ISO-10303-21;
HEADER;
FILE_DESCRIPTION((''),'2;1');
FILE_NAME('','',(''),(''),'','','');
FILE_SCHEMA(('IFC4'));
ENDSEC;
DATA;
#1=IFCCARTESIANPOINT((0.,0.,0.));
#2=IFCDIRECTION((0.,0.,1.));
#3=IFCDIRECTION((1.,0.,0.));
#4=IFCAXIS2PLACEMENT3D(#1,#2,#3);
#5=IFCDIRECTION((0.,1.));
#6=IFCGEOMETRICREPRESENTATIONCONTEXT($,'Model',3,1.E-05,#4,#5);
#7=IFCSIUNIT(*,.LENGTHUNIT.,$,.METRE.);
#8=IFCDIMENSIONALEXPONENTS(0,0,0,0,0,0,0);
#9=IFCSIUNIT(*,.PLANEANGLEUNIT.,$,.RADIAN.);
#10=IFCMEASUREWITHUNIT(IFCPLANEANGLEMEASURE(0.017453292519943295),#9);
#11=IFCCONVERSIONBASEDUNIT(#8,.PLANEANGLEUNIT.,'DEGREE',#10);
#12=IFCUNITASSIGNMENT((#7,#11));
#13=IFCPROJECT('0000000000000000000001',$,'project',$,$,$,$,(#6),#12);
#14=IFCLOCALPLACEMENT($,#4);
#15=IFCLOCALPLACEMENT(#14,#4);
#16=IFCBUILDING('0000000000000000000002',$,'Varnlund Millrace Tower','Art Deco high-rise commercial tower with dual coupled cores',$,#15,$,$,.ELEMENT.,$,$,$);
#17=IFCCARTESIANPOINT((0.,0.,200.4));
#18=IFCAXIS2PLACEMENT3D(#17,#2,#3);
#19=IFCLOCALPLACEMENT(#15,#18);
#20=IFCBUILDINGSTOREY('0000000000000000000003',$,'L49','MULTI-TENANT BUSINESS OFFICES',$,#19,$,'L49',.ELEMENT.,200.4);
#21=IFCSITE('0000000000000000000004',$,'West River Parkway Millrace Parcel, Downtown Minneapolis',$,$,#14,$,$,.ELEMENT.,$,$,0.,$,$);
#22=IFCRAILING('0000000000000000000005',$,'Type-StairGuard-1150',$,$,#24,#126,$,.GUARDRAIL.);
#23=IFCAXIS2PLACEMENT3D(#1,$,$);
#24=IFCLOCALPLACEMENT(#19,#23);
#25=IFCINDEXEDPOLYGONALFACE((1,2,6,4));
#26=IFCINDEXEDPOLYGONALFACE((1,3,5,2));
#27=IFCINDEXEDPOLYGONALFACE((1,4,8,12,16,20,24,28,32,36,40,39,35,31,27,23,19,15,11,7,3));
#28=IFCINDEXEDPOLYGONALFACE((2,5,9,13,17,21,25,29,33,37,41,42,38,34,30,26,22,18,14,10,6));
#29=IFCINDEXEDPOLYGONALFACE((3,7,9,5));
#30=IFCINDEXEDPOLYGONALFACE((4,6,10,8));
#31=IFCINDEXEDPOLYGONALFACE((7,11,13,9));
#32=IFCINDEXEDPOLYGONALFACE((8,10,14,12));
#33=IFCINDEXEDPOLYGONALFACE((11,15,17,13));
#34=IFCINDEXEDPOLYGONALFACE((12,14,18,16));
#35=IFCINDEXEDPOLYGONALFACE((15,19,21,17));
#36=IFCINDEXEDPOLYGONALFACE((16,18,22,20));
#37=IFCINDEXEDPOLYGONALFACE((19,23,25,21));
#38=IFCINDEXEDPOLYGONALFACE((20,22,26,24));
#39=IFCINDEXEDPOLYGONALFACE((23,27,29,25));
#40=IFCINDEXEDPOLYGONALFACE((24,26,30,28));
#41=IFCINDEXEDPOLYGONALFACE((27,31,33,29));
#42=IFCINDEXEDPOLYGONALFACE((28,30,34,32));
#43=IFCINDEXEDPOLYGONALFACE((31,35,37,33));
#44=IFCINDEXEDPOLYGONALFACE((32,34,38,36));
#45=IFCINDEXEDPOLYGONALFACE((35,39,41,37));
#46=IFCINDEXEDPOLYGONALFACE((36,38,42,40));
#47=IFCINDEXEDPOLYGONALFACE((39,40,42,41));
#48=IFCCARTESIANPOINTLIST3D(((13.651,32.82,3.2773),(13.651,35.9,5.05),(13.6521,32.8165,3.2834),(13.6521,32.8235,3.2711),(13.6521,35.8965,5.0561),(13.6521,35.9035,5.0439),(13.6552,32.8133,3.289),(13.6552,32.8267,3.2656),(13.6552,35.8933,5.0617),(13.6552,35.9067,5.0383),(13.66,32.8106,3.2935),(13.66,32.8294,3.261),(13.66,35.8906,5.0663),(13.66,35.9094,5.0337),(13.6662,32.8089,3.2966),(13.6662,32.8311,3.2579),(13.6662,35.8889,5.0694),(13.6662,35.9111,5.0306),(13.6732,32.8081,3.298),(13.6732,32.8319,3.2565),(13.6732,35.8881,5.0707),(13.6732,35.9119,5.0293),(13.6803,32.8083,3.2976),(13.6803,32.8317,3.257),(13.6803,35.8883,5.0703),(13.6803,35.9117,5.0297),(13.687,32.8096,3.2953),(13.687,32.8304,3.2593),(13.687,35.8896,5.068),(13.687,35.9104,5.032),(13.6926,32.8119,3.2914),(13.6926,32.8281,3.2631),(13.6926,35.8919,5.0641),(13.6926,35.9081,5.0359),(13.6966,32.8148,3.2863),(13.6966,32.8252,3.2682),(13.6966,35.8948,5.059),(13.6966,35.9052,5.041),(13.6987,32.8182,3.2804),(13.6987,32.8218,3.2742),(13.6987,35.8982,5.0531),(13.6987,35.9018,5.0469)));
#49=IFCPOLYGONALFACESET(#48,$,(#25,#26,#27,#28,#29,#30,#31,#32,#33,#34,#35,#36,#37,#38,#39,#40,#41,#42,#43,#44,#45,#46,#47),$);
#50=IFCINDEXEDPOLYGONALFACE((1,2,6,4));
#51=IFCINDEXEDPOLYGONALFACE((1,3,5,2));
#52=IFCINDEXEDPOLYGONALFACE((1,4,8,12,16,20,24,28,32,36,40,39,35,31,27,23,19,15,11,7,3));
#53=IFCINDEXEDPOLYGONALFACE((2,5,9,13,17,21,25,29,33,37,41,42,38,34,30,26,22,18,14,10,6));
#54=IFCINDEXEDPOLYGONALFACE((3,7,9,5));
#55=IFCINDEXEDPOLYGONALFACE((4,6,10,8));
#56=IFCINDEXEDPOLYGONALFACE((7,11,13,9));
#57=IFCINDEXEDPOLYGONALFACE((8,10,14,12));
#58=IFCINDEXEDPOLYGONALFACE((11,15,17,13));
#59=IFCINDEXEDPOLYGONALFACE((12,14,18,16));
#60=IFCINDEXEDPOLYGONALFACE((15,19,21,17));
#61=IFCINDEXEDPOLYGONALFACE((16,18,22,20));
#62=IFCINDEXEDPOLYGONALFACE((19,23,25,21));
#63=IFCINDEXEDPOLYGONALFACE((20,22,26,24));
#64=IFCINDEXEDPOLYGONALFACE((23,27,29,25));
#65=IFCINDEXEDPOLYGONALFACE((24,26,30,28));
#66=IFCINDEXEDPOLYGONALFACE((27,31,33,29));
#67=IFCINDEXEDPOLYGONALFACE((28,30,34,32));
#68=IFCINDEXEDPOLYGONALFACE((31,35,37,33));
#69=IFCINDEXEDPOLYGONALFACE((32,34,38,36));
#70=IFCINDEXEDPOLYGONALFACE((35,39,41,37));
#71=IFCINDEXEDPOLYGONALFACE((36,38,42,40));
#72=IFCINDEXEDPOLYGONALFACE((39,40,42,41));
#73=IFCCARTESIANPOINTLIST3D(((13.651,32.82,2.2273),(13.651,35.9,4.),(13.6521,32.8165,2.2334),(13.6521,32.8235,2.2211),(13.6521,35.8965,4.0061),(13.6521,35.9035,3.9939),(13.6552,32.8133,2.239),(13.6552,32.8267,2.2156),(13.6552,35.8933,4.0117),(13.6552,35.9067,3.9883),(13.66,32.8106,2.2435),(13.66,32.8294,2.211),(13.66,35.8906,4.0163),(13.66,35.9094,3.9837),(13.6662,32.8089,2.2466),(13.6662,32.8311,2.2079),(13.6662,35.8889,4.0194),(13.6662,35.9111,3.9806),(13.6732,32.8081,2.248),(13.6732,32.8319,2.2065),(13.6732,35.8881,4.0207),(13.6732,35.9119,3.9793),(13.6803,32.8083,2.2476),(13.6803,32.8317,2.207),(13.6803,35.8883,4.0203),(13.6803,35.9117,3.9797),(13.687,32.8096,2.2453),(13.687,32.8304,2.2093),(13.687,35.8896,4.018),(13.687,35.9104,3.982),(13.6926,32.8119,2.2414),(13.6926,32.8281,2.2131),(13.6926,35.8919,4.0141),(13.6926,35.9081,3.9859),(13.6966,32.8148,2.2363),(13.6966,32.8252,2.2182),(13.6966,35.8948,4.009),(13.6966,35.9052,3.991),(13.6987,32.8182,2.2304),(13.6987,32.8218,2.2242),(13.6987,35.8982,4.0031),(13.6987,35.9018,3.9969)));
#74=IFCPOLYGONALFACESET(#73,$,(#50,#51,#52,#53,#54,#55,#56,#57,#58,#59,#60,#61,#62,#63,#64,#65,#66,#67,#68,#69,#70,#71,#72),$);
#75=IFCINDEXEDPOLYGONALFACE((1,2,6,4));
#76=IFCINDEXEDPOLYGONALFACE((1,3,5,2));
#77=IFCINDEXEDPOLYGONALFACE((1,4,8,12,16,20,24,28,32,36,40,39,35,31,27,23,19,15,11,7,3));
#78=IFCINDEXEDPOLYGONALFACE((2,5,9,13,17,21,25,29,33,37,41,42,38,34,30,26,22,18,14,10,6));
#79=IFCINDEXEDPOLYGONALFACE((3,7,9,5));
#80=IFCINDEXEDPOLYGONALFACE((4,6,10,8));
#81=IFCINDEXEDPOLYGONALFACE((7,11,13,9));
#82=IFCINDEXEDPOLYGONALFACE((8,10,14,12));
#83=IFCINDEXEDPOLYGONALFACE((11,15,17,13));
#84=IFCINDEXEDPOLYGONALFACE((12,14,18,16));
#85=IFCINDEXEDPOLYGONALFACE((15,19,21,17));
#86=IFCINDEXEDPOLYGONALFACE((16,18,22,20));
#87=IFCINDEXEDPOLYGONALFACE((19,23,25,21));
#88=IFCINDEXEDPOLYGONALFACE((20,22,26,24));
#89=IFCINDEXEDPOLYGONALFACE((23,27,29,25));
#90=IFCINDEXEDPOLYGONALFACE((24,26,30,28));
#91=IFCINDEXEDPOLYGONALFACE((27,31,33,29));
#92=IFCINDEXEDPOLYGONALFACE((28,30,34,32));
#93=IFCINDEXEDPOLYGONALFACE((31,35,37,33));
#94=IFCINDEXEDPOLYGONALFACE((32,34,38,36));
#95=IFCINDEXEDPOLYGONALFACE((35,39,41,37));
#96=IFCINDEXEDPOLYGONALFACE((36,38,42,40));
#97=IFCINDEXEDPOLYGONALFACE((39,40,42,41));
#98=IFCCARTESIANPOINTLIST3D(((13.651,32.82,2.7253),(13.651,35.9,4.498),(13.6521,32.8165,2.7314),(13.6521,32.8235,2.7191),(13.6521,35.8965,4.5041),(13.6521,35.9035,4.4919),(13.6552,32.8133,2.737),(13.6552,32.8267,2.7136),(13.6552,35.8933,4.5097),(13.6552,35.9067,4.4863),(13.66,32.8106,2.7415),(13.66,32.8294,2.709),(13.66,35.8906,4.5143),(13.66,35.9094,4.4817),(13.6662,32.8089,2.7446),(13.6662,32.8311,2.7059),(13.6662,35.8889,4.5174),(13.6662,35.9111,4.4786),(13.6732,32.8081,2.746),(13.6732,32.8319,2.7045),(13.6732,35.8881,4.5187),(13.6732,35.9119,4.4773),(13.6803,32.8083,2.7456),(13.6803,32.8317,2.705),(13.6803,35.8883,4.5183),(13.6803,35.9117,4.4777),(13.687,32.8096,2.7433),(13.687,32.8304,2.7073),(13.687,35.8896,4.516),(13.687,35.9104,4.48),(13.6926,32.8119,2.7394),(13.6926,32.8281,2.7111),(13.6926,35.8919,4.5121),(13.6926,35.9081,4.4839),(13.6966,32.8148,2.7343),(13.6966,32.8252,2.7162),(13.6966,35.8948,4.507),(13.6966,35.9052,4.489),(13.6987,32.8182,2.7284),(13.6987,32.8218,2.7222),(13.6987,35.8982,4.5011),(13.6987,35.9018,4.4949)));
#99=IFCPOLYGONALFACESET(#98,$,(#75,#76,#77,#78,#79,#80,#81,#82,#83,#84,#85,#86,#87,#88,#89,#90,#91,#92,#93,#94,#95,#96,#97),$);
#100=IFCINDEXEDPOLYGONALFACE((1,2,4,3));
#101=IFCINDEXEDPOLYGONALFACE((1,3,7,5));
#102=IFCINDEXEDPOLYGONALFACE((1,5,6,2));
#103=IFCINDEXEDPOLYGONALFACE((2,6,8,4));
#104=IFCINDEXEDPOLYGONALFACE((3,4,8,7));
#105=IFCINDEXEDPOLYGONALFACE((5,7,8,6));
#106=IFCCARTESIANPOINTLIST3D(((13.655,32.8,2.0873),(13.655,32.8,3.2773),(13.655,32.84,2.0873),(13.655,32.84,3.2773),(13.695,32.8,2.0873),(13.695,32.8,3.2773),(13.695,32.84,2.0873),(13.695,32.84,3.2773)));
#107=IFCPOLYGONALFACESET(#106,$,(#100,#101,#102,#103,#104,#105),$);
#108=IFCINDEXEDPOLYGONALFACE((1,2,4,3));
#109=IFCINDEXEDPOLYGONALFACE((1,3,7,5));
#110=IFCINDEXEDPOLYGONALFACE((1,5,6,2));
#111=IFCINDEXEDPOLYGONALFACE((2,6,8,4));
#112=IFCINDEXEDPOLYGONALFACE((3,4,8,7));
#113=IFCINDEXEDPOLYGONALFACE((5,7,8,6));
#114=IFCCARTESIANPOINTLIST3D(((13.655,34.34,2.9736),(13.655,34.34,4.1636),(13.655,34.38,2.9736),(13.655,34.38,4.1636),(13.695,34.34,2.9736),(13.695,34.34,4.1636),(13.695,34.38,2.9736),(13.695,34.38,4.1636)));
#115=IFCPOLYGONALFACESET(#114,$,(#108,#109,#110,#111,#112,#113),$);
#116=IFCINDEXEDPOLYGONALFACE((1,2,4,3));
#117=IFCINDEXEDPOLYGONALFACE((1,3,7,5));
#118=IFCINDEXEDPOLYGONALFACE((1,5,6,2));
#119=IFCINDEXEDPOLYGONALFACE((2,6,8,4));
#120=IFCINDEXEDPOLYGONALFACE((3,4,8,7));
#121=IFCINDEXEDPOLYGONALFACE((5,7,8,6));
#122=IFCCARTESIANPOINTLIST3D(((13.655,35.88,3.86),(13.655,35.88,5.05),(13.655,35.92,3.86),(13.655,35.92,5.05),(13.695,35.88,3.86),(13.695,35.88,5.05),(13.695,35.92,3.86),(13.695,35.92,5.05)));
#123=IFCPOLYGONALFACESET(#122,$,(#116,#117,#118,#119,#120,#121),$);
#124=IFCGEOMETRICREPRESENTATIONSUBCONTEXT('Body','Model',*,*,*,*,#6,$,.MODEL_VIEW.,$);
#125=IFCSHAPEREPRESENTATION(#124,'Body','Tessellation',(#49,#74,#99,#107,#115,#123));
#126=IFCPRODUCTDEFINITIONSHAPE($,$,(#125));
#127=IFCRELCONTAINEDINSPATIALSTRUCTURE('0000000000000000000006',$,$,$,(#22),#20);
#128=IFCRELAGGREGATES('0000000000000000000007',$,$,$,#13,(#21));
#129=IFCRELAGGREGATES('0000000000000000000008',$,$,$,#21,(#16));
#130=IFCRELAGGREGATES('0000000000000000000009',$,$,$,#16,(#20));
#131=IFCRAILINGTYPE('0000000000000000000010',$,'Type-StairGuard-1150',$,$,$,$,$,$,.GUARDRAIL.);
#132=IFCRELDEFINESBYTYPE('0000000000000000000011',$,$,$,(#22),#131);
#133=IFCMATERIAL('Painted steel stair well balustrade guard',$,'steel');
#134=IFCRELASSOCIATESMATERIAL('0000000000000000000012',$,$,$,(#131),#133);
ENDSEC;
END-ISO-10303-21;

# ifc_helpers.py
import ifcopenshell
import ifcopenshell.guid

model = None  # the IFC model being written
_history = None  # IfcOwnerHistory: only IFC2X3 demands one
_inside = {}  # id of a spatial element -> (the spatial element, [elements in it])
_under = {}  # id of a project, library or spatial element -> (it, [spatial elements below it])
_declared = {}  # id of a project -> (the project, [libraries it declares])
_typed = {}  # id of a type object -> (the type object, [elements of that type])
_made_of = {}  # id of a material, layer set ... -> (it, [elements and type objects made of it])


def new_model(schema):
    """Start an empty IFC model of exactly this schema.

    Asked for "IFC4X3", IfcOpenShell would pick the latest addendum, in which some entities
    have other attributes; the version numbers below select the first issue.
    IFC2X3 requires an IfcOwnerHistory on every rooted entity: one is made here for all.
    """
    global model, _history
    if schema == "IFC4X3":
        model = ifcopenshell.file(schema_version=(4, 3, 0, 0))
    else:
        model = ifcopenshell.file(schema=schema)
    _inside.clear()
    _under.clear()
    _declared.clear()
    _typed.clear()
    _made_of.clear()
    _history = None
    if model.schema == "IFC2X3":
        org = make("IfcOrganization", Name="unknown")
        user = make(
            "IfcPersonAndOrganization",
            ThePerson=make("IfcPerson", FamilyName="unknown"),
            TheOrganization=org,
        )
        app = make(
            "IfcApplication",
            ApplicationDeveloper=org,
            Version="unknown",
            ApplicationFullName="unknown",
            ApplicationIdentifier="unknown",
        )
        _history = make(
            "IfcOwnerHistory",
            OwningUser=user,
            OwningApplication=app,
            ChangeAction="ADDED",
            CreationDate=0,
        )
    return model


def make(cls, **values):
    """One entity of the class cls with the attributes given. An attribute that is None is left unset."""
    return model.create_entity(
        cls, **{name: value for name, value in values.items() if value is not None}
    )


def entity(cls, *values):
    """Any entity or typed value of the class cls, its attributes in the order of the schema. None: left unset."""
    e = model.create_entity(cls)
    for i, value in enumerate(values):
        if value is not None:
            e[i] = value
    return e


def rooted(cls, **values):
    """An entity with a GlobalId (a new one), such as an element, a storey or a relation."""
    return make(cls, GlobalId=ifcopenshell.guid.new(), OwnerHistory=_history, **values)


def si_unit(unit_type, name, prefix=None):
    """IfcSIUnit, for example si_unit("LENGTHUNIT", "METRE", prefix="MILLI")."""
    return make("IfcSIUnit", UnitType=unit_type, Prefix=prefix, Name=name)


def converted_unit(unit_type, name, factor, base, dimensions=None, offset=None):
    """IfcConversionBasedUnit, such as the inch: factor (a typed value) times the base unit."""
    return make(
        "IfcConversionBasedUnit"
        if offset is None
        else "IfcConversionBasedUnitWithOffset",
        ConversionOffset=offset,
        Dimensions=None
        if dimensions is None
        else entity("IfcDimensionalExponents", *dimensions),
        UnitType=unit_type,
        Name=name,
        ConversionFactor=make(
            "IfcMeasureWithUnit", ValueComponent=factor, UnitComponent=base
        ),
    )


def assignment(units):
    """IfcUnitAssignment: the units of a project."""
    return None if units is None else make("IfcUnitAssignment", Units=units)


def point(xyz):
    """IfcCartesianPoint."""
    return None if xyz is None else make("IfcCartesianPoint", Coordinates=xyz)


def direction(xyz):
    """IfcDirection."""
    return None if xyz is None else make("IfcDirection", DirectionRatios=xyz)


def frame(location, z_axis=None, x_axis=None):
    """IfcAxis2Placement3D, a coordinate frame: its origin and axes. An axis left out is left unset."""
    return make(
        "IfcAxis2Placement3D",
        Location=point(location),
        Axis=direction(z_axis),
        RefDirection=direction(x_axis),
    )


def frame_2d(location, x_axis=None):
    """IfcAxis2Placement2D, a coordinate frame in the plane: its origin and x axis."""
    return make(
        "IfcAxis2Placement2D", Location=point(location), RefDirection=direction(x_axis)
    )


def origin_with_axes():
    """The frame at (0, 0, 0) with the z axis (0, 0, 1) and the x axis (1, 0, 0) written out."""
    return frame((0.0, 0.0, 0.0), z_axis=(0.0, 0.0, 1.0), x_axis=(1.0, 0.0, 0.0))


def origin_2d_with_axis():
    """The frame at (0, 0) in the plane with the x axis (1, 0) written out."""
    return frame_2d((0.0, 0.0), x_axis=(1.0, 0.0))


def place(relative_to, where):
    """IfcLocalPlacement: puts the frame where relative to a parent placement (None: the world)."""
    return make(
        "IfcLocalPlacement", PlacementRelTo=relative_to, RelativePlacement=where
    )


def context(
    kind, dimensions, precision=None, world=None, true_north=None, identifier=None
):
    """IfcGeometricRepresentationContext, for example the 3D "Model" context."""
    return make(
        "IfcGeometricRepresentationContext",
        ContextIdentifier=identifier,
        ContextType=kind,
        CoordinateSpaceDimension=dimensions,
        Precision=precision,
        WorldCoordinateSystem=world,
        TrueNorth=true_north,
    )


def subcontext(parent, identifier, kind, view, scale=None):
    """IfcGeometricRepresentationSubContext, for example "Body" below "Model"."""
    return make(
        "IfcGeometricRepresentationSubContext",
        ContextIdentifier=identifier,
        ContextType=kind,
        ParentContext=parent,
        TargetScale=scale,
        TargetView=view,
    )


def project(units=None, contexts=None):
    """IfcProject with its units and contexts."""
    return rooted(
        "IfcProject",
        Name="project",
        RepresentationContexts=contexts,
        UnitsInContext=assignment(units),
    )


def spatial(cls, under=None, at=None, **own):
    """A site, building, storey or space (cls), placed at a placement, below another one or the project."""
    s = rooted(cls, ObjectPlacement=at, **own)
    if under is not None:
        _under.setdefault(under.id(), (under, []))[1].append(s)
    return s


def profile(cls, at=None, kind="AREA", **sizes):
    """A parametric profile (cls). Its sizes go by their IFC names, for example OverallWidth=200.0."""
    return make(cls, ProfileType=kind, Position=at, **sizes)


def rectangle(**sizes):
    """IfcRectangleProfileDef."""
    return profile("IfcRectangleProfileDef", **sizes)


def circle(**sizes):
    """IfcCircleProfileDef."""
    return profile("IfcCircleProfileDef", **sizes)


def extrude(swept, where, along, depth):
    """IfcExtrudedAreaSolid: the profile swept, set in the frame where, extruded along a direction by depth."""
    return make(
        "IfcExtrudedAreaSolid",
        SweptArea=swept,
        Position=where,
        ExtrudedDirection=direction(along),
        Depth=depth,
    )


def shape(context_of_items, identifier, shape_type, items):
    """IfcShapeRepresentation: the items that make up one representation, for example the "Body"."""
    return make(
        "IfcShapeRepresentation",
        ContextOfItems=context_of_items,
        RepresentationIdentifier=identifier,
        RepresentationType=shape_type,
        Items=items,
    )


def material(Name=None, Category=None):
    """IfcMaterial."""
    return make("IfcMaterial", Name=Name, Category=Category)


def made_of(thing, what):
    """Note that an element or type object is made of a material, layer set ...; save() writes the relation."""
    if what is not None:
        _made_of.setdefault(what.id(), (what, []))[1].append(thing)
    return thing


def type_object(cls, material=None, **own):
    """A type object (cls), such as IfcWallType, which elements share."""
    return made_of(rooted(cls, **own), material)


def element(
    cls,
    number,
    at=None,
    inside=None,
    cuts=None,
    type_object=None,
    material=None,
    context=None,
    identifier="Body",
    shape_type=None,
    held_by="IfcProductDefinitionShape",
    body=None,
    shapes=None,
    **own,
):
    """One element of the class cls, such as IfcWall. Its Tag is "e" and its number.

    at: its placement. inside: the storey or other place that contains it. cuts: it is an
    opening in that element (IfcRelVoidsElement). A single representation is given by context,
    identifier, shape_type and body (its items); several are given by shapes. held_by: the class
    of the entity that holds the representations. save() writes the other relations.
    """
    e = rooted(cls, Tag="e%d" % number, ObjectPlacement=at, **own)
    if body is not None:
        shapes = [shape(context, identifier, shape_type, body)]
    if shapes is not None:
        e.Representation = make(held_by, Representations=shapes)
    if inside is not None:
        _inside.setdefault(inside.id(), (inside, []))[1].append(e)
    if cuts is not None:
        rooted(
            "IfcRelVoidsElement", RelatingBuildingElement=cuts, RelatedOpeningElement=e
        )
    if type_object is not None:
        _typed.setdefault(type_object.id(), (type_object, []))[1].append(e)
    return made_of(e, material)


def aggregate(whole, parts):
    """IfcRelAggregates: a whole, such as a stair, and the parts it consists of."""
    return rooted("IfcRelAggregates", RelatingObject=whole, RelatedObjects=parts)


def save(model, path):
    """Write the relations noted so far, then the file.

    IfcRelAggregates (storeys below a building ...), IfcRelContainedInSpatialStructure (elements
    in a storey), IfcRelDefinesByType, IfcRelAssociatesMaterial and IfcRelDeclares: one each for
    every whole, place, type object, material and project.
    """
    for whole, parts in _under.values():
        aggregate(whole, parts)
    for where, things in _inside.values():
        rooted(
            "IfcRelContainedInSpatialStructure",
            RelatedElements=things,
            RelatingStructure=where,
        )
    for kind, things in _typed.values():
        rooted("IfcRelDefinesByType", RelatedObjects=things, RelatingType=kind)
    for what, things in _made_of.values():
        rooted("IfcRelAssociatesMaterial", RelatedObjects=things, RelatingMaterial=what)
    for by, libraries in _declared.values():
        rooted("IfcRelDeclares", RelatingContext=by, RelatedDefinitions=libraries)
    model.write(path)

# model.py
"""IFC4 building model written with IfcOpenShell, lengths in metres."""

from ifc_helpers import new_model, entity, si_unit, converted_unit, direction, frame, origin_with_axes, origin_2d_with_axis, place, context, subcontext, project, spatial, rectangle, circle, extrude, material, type_object, element, save


model = new_model("IFC4")

# Units and contexts
model_context = context("Model", 3, precision=1e-05, world=origin_with_axes(), true_north=direction((0.0, 1.0)))
body_context = subcontext(model_context, "Body", "Model", "MODEL_VIEW")
ifc_project = project(units=[si_unit("LENGTHUNIT", "METRE"), converted_unit("PLANEANGLEUNIT", "DEGREE", entity("IfcPlaneAngleMeasure", 0.017453292519943295), si_unit("PLANEANGLEUNIT", "RADIAN"), dimensions=[0, 0, 0, 0, 0, 0, 0])], contexts=[model_context])

# Site, building, storey
site_placement = place(None, origin_with_axes())
site = spatial("IfcSite", under=ifc_project, at=site_placement, Name="West River Parkway Millrace Parcel, Downtown Minneapolis", CompositionType="ELEMENT", RefElevation=0.0)
building_placement = place(site_placement, origin_with_axes())
building = spatial("IfcBuilding", under=site, at=building_placement, Name="Varnlund Millrace Tower", Description="Art Deco high-rise commercial tower with dual coupled cores", CompositionType="ELEMENT")
storey_placement = place(building_placement, frame((0.0, 0.0, 200.4), z_axis=(0.0, 0.0, 1.0), x_axis=(1.0, 0.0, 0.0)))
storey = spatial("IfcBuildingStorey", under=building, at=storey_placement, Name="L49", Description="MULTI-TENANT BUSINESS OFFICES", LongName="L49", CompositionType="ELEMENT", Elevation=200.4)

# Railing
ifc_material_1 = material(Name="Painted steel stair well balustrade guard", Category="steel")
railing_type_1 = type_object("IfcRailingType", Name="Type-StairGuard-1150", PredefinedType="GUARDRAIL", material=ifc_material_1)
railing_1_placement = place(storey_placement, frame((0.0, 0.0, -200.4), z_axis=(0.0, 0.0, 1.0), x_axis=(1.0, 0.0, 0.0)))
element("IfcRailing", 1, at=railing_1_placement, inside=storey, type_object=railing_type_1, Name="Type-StairGuard-1150", PredefinedType="GUARDRAIL", context=body_context, shape_type="SweptSolid", body=[
    extrude(circle(Radius=0.024, at=origin_2d_with_axis()), frame((13.675, 32.82, 203.6773), z_axis=(0.0, 0.866696, 0.498836), x_axis=(-1.0, 0.0, 0.0)), (0.0, 0.0, 1.0), 3.5537),
    extrude(circle(Radius=0.024, at=origin_2d_with_axis()), frame((13.675, 32.82, 202.6273), z_axis=(0.0, 0.866696, 0.498836), x_axis=(-1.0, 0.0, 0.0)), (0.0, 0.0, 1.0), 3.5537),
    extrude(circle(Radius=0.024, at=origin_2d_with_axis()), frame((13.675, 32.82, 203.1253), z_axis=(0.0, 0.866696, 0.498836), x_axis=(-1.0, 0.0, 0.0)), (0.0, 0.0, 1.0), 3.5537),
    extrude(rectangle(XDim=0.04, YDim=0.04, at=origin_2d_with_axis()), frame((13.675, 32.82, 202.4873), z_axis=(0.0, 0.0, 1.0), x_axis=(1.0, 0.0, 0.0)), (0.0, 0.0, 1.0), 1.19),
    extrude(rectangle(XDim=0.04, YDim=0.04, at=origin_2d_with_axis()), frame((13.675, 34.36, 203.3736), z_axis=(0.0, 0.0, 1.0), x_axis=(1.0, 0.0, 0.0)), (0.0, 0.0, 1.0), 1.19),
    extrude(rectangle(XDim=0.04, YDim=0.04, at=origin_2d_with_axis()), frame((13.675, 35.9, 204.26), z_axis=(0.0, 0.0, 1.0), x_axis=(1.0, 0.0, 0.0)), (0.0, 0.0, 1.0), 1.19),
])

save(model, "model.ifc")
